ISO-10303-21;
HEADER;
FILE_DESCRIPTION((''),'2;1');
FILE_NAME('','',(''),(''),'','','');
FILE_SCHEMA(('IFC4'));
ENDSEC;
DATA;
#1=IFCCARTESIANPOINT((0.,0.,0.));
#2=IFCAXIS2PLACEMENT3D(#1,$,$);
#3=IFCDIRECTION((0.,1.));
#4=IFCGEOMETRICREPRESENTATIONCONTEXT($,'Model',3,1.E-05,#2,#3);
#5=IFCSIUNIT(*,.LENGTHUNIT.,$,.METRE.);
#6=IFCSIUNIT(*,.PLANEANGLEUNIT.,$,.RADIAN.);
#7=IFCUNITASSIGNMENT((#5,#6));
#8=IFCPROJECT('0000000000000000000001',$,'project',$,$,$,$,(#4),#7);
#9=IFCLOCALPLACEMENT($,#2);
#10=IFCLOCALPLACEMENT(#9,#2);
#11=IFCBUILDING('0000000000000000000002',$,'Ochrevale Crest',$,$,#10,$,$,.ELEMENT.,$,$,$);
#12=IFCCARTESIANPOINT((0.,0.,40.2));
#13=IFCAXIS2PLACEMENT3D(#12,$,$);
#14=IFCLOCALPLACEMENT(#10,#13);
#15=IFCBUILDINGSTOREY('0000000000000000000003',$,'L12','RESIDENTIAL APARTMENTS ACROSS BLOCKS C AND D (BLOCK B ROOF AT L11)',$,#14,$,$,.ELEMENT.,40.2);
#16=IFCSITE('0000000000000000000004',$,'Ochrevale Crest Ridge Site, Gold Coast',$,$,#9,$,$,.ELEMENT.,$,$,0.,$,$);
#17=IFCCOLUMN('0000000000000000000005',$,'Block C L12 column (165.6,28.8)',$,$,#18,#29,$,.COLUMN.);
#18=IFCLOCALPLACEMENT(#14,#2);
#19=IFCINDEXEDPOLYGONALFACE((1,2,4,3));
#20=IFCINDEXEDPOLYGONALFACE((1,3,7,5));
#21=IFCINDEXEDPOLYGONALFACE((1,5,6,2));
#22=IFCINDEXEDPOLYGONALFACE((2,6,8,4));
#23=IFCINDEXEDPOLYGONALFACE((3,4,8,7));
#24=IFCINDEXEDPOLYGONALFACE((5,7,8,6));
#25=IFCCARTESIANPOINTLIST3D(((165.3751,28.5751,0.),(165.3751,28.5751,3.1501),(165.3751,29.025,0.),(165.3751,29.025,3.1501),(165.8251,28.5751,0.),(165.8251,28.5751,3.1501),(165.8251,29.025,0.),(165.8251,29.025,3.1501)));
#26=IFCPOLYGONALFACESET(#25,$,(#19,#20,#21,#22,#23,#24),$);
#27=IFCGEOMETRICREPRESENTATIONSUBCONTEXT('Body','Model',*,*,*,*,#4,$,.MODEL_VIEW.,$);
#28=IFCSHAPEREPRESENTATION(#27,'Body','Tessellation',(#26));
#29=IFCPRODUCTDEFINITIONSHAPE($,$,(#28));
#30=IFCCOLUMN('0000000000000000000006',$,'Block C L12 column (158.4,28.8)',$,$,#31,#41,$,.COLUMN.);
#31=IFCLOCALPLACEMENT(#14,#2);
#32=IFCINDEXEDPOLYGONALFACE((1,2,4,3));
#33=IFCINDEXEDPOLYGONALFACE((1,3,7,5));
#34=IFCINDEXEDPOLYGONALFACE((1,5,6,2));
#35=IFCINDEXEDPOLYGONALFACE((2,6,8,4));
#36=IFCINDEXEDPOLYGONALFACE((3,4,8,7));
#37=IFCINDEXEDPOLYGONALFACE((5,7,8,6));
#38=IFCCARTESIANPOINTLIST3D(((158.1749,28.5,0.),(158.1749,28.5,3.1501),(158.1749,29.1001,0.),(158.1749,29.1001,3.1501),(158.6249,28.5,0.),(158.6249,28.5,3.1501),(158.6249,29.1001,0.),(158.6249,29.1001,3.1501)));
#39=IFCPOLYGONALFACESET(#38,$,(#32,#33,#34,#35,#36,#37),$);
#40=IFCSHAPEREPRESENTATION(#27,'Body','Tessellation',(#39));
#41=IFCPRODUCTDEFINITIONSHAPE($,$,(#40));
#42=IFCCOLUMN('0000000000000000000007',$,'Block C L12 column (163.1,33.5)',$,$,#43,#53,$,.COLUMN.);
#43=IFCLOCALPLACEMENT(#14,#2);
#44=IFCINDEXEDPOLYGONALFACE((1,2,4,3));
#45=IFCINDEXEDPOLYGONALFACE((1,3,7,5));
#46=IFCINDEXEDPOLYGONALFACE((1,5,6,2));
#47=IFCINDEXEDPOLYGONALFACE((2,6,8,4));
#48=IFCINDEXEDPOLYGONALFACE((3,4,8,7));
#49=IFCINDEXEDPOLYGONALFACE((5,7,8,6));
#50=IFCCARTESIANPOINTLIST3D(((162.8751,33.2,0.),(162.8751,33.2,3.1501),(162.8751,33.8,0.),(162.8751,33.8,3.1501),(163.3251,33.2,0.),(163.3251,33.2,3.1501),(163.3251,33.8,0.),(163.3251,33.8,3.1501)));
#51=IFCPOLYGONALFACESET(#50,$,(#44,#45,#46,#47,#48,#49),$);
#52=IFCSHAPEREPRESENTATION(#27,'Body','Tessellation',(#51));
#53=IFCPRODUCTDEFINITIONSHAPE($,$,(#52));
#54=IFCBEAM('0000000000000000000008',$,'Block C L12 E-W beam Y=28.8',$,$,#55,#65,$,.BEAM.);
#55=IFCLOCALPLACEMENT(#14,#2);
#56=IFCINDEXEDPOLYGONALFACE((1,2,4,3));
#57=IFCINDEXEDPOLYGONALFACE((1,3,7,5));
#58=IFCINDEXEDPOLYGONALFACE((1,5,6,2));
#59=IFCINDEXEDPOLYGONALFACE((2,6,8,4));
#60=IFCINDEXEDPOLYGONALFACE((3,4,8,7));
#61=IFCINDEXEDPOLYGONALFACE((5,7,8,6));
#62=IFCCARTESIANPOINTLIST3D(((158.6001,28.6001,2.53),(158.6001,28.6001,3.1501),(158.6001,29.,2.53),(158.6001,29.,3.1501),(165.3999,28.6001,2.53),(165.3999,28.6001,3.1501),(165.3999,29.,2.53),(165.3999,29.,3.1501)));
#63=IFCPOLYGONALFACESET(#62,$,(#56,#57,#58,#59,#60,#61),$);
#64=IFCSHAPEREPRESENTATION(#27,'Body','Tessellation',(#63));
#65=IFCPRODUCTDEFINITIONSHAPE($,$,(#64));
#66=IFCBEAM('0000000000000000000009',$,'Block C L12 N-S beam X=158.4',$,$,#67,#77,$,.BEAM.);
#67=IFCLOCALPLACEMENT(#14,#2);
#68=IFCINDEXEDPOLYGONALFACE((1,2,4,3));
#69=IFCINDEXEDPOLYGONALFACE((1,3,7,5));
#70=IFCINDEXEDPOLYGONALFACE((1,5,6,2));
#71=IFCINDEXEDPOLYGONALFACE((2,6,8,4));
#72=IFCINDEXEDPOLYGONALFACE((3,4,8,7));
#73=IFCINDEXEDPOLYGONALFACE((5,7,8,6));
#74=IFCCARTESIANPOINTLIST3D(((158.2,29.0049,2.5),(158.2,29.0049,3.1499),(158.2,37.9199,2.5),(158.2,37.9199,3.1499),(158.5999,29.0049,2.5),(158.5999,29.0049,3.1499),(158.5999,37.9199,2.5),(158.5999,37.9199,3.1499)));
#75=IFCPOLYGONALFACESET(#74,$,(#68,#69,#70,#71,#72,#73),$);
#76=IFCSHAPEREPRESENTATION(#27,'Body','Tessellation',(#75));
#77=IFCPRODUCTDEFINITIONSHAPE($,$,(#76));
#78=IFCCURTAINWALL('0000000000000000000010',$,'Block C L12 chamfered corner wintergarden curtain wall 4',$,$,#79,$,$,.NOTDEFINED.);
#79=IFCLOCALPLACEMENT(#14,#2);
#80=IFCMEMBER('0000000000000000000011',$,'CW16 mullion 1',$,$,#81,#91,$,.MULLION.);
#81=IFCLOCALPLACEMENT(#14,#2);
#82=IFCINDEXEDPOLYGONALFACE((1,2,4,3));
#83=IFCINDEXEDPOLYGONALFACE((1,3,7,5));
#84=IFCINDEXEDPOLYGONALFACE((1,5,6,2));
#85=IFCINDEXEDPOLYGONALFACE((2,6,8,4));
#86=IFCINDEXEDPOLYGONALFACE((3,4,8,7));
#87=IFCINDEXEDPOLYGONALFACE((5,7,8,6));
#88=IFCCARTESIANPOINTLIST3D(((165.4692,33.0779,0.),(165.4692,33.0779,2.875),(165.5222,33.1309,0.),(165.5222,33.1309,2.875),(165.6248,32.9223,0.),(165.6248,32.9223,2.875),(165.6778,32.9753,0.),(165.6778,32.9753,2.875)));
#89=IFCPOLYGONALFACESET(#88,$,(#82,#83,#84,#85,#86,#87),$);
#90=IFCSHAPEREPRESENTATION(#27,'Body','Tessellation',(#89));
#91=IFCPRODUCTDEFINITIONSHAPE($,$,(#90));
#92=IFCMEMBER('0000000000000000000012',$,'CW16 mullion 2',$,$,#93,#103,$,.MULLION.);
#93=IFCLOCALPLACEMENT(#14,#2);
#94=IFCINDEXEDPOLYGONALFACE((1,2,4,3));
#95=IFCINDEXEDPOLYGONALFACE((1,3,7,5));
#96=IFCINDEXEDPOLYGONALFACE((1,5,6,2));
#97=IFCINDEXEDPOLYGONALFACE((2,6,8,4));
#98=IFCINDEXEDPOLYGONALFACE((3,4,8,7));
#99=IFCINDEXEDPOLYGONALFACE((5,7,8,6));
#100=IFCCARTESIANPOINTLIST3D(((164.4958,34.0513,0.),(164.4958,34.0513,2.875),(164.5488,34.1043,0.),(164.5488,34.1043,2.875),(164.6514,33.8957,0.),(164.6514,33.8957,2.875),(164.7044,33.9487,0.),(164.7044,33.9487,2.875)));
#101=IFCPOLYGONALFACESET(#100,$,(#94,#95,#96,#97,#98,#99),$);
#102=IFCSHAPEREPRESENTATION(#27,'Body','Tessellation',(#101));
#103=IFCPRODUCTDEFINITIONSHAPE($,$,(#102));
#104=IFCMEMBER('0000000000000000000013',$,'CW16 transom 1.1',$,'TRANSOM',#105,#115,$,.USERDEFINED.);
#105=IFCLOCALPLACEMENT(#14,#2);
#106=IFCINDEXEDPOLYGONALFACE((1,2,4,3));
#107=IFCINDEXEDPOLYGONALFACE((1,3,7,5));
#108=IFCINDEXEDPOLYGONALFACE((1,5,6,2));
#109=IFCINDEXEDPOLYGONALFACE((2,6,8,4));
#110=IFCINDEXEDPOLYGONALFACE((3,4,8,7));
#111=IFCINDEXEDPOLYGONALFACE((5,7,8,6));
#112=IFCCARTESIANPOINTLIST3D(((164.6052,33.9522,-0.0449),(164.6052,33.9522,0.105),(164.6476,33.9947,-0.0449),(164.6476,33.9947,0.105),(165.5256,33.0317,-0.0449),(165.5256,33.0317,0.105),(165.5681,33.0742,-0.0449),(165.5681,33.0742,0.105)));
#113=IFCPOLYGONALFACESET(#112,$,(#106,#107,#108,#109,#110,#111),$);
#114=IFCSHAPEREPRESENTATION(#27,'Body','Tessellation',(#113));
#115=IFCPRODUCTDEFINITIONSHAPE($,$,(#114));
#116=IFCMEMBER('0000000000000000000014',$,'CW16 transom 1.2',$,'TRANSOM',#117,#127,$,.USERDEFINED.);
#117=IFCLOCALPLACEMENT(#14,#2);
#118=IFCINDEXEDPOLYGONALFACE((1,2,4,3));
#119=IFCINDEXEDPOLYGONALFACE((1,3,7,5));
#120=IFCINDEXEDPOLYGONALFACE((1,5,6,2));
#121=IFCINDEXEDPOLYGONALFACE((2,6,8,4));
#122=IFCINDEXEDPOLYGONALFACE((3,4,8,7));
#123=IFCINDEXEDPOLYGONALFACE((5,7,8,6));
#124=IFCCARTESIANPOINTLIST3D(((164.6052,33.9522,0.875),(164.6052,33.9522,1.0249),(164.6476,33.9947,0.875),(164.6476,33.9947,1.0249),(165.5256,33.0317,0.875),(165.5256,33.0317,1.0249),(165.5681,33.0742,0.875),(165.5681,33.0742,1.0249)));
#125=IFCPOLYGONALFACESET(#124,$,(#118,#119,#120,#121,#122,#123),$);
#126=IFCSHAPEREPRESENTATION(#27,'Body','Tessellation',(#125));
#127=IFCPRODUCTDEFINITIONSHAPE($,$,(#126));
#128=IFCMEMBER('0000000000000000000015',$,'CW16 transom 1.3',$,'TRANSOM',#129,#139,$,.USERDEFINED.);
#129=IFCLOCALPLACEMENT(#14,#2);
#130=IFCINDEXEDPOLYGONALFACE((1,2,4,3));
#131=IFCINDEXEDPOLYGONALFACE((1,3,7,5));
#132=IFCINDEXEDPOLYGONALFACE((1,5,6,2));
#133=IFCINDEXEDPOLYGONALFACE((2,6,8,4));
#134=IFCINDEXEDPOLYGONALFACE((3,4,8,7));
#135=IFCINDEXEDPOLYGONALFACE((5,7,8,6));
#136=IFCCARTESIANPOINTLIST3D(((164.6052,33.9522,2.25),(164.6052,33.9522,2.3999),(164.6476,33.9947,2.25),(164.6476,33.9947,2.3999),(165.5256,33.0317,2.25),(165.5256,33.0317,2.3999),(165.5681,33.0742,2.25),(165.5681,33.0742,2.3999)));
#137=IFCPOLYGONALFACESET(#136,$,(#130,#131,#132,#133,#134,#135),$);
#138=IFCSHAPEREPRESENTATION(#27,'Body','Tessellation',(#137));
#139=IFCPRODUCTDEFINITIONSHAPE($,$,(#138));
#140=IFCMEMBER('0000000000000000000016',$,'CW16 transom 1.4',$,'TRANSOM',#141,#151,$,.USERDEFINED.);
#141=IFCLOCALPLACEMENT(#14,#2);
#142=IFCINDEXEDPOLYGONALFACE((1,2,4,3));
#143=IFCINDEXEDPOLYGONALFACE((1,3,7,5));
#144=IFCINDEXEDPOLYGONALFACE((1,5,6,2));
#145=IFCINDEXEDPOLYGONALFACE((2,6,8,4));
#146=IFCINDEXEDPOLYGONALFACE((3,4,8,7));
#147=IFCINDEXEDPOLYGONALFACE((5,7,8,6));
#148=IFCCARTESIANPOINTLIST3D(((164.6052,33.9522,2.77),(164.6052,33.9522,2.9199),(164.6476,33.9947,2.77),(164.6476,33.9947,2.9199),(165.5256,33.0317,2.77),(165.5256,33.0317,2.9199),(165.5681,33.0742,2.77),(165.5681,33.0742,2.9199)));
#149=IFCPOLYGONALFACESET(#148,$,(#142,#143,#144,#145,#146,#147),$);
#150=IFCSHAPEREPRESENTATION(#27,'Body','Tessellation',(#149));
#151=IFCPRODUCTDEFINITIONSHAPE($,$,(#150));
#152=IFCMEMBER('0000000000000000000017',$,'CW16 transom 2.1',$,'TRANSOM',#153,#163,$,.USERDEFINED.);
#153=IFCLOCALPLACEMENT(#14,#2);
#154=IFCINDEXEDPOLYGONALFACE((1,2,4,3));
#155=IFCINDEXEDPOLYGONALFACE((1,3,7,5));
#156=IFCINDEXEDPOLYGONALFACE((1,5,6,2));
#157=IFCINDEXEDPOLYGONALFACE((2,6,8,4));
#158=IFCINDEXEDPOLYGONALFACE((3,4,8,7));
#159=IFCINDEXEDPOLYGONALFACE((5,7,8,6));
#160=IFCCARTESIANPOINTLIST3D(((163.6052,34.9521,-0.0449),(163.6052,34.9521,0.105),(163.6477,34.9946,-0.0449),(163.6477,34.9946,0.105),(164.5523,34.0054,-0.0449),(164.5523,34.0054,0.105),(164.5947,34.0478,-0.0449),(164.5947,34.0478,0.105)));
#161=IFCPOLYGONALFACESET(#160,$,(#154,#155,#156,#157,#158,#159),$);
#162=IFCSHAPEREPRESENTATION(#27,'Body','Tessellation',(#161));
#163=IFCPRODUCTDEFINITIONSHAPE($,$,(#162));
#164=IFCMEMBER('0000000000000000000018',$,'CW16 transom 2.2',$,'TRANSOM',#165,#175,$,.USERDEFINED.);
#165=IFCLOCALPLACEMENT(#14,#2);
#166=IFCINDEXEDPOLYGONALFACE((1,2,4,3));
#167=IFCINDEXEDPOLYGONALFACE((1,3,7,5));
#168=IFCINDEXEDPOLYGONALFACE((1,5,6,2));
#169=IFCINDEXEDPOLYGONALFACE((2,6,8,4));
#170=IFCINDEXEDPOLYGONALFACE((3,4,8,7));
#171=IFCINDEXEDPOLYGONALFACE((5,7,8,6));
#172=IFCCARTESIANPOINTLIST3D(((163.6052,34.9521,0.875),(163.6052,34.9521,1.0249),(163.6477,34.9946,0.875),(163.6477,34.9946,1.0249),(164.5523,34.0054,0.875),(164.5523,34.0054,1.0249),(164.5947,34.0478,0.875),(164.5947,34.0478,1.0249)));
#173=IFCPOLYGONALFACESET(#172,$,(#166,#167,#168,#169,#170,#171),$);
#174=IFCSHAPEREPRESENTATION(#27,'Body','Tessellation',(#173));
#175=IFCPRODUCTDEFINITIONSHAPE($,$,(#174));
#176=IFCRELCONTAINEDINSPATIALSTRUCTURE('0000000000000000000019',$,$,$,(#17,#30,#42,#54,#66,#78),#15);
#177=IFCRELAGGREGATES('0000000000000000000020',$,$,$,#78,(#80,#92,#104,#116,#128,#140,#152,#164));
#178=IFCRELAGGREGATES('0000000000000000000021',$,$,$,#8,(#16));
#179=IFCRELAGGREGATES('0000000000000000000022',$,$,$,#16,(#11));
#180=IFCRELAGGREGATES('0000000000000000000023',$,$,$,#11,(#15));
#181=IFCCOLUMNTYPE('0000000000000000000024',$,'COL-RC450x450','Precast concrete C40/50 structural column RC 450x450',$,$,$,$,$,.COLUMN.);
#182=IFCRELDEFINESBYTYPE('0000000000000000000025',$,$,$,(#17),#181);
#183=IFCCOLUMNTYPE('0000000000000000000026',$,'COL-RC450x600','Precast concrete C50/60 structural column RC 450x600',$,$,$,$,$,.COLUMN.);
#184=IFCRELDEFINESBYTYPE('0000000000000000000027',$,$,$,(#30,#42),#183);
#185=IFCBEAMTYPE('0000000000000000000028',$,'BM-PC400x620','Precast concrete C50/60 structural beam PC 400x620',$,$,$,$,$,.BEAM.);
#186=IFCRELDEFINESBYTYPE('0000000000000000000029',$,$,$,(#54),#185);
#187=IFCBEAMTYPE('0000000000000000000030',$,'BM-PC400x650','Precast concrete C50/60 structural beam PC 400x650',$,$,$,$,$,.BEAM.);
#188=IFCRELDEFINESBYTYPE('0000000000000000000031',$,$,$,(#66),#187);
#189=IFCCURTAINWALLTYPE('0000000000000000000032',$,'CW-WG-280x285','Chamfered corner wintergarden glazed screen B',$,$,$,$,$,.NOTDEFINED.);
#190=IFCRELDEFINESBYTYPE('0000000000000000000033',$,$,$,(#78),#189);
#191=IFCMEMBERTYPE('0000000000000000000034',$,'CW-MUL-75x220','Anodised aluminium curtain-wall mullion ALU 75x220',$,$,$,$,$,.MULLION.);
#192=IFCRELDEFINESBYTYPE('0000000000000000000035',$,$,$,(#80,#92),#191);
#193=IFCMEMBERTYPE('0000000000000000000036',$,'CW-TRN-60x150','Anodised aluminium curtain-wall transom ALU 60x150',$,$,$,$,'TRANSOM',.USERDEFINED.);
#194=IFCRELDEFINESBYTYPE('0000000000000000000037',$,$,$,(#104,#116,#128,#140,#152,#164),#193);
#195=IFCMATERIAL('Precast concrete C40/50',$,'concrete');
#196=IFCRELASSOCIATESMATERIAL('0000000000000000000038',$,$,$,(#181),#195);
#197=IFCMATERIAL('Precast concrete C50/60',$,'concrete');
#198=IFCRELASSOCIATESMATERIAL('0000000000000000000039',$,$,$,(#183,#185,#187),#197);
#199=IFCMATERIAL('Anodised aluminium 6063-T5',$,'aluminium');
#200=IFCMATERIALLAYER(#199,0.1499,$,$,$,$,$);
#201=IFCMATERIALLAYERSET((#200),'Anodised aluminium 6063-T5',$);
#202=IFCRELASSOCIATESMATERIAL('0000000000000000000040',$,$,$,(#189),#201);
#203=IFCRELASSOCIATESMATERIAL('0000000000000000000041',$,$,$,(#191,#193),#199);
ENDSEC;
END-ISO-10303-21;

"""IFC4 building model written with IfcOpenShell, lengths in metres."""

from ifc_helpers import new_model, si_unit, direction, frame, origin, origin_2d, place, context, subcontext, project, spatial, rectangle, extrude, material, layer, layer_set, material_profile, profile_set, type_object, element, aggregate, save


model = new_model("IFC4")

# Units and contexts
model_context = context("Model", 3, precision=1e-05, world=origin(), true_north=direction((0.0, 1.0)))
body_context = subcontext(model_context, "Body", "Model", "MODEL_VIEW")
ifc_project = project(units=[si_unit("LENGTHUNIT", "METRE"), si_unit("PLANEANGLEUNIT", "RADIAN")], contexts=[model_context])

# Site, building, storey
site_placement = place(None, origin())
site = spatial("IfcSite", under=ifc_project, at=site_placement, Name="Ochrevale Crest Ridge Site, Gold Coast", CompositionType="ELEMENT", RefElevation=0.0)
building_placement = place(site_placement, origin())
building = spatial("IfcBuilding", under=site, at=building_placement, Name="Ochrevale Crest", CompositionType="ELEMENT")
storey_placement = place(building_placement, frame((0.0, 0.0, 40.2)))
storey = spatial("IfcBuildingStorey", under=building, at=storey_placement, Name="L12", Description="RESIDENTIAL APARTMENTS ACROSS BLOCKS C AND D (BLOCK B ROOF AT L11)", CompositionType="ELEMENT", Elevation=40.2)

# Columns
ifc_material_1 = material(Name="Precast concrete C40/50", Category="concrete")
ifc_material_profile_1 = material_profile(ifc_material_1, rectangle(XDim=0.45, YDim=0.45, at=origin_2d()), Name="RC 450x450")
ifc_profile_set_1 = profile_set([ifc_material_profile_1], Name="Precast concrete C40/50")
column_type_1 = type_object("IfcColumnType", Name="COL-RC450x450", Description="Precast concrete C40/50 structural column RC 450x450", PredefinedType="COLUMN", material=ifc_profile_set_1)
column_placement = place(storey_placement, frame((165.6001, 28.8, 0.0), z_axis=(0.0, 0.0, 1.0), x_axis=(1.0, 0.0, 0.0)))
element("IfcColumn", 1, at=column_placement, inside=storey, type_object=column_type_1, Name="Block C L12 column (165.6,28.8)", PredefinedType="COLUMN", context=body_context, shape_type="SweptSolid", body=[
    extrude(rectangle(XDim=0.45, YDim=0.45, at=origin_2d()), origin(), (0.0, 0.0, 1.0), 3.1501),
])
ifc_material_2 = material(Name="Precast concrete C50/60", Category="concrete")
ifc_material_profile_2 = material_profile(ifc_material_2, rectangle(XDim=0.45, YDim=0.6001, at=origin_2d()), Name="RC 450x600")
ifc_profile_set_2 = profile_set([ifc_material_profile_2], Name="Precast concrete C50/60")
column_type_2 = type_object("IfcColumnType", Name="COL-RC450x600", Description="Precast concrete C50/60 structural column RC 450x600", PredefinedType="COLUMN", material=ifc_profile_set_2)
for number, where, z_axis, x_axis, name in (
    (2, (158.3999, 28.8, 0.0), (0.0, 0.0, 1.0), (1.0, 0.0, 0.0), "Block C L12 column (158.4,28.8)"),
    (3, (163.1001, 33.5, 0.0), (0.0, 0.0, 1.0), (1.0, 0.0, 0.0), "Block C L12 column (163.1,33.5)"),
):
    element("IfcColumn", number, at=place(storey_placement, frame(where, z_axis=z_axis, x_axis=x_axis)), inside=storey, type_object=column_type_2, Name=name, PredefinedType="COLUMN", context=body_context, shape_type="SweptSolid", body=[
        extrude(rectangle(XDim=0.45, YDim=0.6001, at=origin_2d()), origin(), (0.0, 0.0, 1.0), 3.1501),
    ])

# Beams
ifc_material_profile_3 = material_profile(ifc_material_2, rectangle(XDim=0.3999, YDim=0.6201, at=origin_2d()), Name="PC 400x620")
ifc_profile_set_3 = profile_set([ifc_material_profile_3], Name="Precast concrete C50/60")
beam_type_1 = type_object("IfcBeamType", Name="BM-PC400x620", Description="Precast concrete C50/60 structural beam PC 400x620", PredefinedType="BEAM", material=ifc_profile_set_3)
beam_1_placement = place(storey_placement, frame((158.6001, 28.8, 2.8401), z_axis=(1.0, 0.0, 0.0), x_axis=(0.0, 1.0, 0.0)))
element("IfcBeam", 4, at=beam_1_placement, inside=storey, type_object=beam_type_1, Name="Block C L12 E-W beam Y=28.8", PredefinedType="BEAM", context=body_context, shape_type="SweptSolid", body=[
    extrude(rectangle(XDim=0.3999, YDim=0.6201, at=origin_2d()), origin(), (0.0, 0.0, 1.0), 6.7998),
])
ifc_material_profile_4 = material_profile(ifc_material_2, rectangle(XDim=0.3999, YDim=0.6499, at=origin_2d()), Name="PC 400x650")
ifc_profile_set_4 = profile_set([ifc_material_profile_4], Name="Precast concrete C50/60")
beam_type_2 = type_object("IfcBeamType", Name="BM-PC400x650", Description="Precast concrete C50/60 structural beam PC 400x650", PredefinedType="BEAM", material=ifc_profile_set_4)
beam_2_placement = place(storey_placement, frame((158.3999, 29.0049, 2.825), z_axis=(0.0, 1.0, 0.0), x_axis=(-1.0, 0.0, 0.0)))
element("IfcBeam", 5, at=beam_2_placement, inside=storey, type_object=beam_type_2, Name="Block C L12 N-S beam X=158.4", PredefinedType="BEAM", context=body_context, shape_type="SweptSolid", body=[
    extrude(rectangle(XDim=0.3999, YDim=0.6499, at=origin_2d()), origin(), (0.0, 0.0, 1.0), 8.915),
])

# Curtain wall, members
ifc_material_3 = material(Name="Anodised aluminium 6063-T5", Category="aluminium")
ifc_layer_1 = layer(ifc_material_3, 0.1499)
ifc_layer_set_1 = layer_set([ifc_layer_1], Name="Anodised aluminium 6063-T5")
curtain_wall_type = type_object("IfcCurtainWallType", Name="CW-WG-280x285", Description="Chamfered corner wintergarden glazed screen B", PredefinedType="NOTDEFINED", material=ifc_layer_set_1)
curtain_wall_placement = place(storey_placement, origin())
curtain_wall = element("IfcCurtainWall", 6, at=curtain_wall_placement, inside=storey, type_object=curtain_wall_type, Name="Block C L12 chamfered corner wintergarden curtain wall 4", PredefinedType="NOTDEFINED")
ifc_material_profile_5 = material_profile(ifc_material_3, rectangle(XDim=0.075, YDim=0.22, at=origin_2d()), Name="ALU 75x220")
ifc_profile_set_5 = profile_set([ifc_material_profile_5], Name="Anodised aluminium 6063-T5")
member_type_1 = type_object("IfcMemberType", Name="CW-MUL-75x220", Description="Anodised aluminium curtain-wall mullion ALU 75x220", PredefinedType="MULLION", material=ifc_profile_set_5)
member_1_placement = place(storey_placement, frame((165.5735, 33.0266, 0.0), z_axis=(0.0, 0.0, 1.0), x_axis=(-0.707107, -0.707107, 0.0)))
member_1 = element("IfcMember", 7, at=member_1_placement, type_object=member_type_1, Name="CW16 mullion 1", PredefinedType="MULLION", context=body_context, shape_type="SweptSolid", body=[
    extrude(rectangle(XDim=0.075, YDim=0.22, at=origin_2d()), origin(), (0.0, 0.0, 1.0), 2.875),
])
member_2_placement = place(storey_placement, frame((164.6001, 34.0, 0.0), z_axis=(0.0, 0.0, 1.0), x_axis=(-0.707107, -0.707107, 0.0)))
member_2 = element("IfcMember", 8, at=member_2_placement, type_object=member_type_1, Name="CW16 mullion 2", PredefinedType="MULLION", context=body_context, shape_type="SweptSolid", body=[
    extrude(rectangle(XDim=0.075, YDim=0.22, at=origin_2d()), origin(), (0.0, 0.0, 1.0), 2.875),
])
ifc_material_profile_6 = material_profile(ifc_material_3, rectangle(XDim=0.0601, YDim=0.1499, at=origin_2d()), Name="ALU 60x150")
ifc_profile_set_6 = profile_set([ifc_material_profile_6], Name="Anodised aluminium 6063-T5")
member_type_2 = type_object("IfcMemberType", Name="CW-TRN-60x150", Description="Anodised aluminium curtain-wall transom ALU 60x150", ElementType="TRANSOM", PredefinedType="USERDEFINED", material=ifc_profile_set_6)
member_3_placement = place(storey_placement, frame((165.5469, 33.053, 0.03), z_axis=(-0.707107, 0.707107, 0.0), x_axis=(-0.707107, -0.707107, 0.0)))
member_3 = element("IfcMember", 9, at=member_3_placement, type_object=member_type_2, Name="CW16 transom 1.1", ObjectType="TRANSOM", PredefinedType="USERDEFINED", context=body_context, shape_type="SweptSolid", body=[
    extrude(rectangle(XDim=0.0601, YDim=0.1499, at=origin_2d()), origin(), (0.0, 0.0, 1.0), 1.3018),
])
member_4_placement = place(storey_placement, frame((165.5469, 33.053, 0.95), z_axis=(-0.707107, 0.707107, 0.0), x_axis=(-0.707107, -0.707107, 0.0)))
member_4 = element("IfcMember", 10, at=member_4_placement, type_object=member_type_2, Name="CW16 transom 1.2", ObjectType="TRANSOM", PredefinedType="USERDEFINED", context=body_context, shape_type="SweptSolid", body=[
    extrude(rectangle(XDim=0.0601, YDim=0.1499, at=origin_2d()), origin(), (0.0, 0.0, 1.0), 1.3018),
])
member_5_placement = place(storey_placement, frame((165.5469, 33.053, 2.325), z_axis=(-0.707107, 0.707107, 0.0), x_axis=(-0.707107, -0.707107, 0.0)))
member_5 = element("IfcMember", 11, at=member_5_placement, type_object=member_type_2, Name="CW16 transom 1.3", ObjectType="TRANSOM", PredefinedType="USERDEFINED", context=body_context, shape_type="SweptSolid", body=[
    extrude(rectangle(XDim=0.0601, YDim=0.1499, at=origin_2d()), origin(), (0.0, 0.0, 1.0), 1.3018),
])
member_6_placement = place(storey_placement, frame((165.5469, 33.053, 2.845), z_axis=(-0.707107, 0.707107, 0.0), x_axis=(-0.707107, -0.707107, 0.0)))
member_6 = element("IfcMember", 12, at=member_6_placement, type_object=member_type_2, Name="CW16 transom 1.4", ObjectType="TRANSOM", PredefinedType="USERDEFINED", context=body_context, shape_type="SweptSolid", body=[
    extrude(rectangle(XDim=0.0601, YDim=0.1499, at=origin_2d()), origin(), (0.0, 0.0, 1.0), 1.3018),
])
member_7_placement = place(storey_placement, frame((164.5735, 34.0266, 0.03), z_axis=(-0.707198, 0.707016, 0.0), x_axis=(-0.707016, -0.707198, 0.0)))
member_7 = element("IfcMember", 13, at=member_7_placement, type_object=member_type_2, Name="CW16 transom 2.1", ObjectType="TRANSOM", PredefinedType="USERDEFINED", context=body_context, shape_type="SweptSolid", body=[
    extrude(rectangle(XDim=0.0601, YDim=0.1499, at=origin_2d()), origin(), (0.0, 0.0, 1.0), 1.3391),
])
member_8_placement = place(storey_placement, frame((164.5735, 34.0266, 0.95), z_axis=(-0.707198, 0.707016, 0.0), x_axis=(-0.707016, -0.707198, 0.0)))
member_8 = element("IfcMember", 14, at=member_8_placement, type_object=member_type_2, Name="CW16 transom 2.2", ObjectType="TRANSOM", PredefinedType="USERDEFINED", context=body_context, shape_type="SweptSolid", body=[
    extrude(rectangle(XDim=0.0601, YDim=0.1499, at=origin_2d()), origin(), (0.0, 0.0, 1.0), 1.3391),
])
aggregate(curtain_wall, [member_1, member_2, member_3, member_4, member_5, member_6, member_7, member_8])

save(model, "model.ifc")
